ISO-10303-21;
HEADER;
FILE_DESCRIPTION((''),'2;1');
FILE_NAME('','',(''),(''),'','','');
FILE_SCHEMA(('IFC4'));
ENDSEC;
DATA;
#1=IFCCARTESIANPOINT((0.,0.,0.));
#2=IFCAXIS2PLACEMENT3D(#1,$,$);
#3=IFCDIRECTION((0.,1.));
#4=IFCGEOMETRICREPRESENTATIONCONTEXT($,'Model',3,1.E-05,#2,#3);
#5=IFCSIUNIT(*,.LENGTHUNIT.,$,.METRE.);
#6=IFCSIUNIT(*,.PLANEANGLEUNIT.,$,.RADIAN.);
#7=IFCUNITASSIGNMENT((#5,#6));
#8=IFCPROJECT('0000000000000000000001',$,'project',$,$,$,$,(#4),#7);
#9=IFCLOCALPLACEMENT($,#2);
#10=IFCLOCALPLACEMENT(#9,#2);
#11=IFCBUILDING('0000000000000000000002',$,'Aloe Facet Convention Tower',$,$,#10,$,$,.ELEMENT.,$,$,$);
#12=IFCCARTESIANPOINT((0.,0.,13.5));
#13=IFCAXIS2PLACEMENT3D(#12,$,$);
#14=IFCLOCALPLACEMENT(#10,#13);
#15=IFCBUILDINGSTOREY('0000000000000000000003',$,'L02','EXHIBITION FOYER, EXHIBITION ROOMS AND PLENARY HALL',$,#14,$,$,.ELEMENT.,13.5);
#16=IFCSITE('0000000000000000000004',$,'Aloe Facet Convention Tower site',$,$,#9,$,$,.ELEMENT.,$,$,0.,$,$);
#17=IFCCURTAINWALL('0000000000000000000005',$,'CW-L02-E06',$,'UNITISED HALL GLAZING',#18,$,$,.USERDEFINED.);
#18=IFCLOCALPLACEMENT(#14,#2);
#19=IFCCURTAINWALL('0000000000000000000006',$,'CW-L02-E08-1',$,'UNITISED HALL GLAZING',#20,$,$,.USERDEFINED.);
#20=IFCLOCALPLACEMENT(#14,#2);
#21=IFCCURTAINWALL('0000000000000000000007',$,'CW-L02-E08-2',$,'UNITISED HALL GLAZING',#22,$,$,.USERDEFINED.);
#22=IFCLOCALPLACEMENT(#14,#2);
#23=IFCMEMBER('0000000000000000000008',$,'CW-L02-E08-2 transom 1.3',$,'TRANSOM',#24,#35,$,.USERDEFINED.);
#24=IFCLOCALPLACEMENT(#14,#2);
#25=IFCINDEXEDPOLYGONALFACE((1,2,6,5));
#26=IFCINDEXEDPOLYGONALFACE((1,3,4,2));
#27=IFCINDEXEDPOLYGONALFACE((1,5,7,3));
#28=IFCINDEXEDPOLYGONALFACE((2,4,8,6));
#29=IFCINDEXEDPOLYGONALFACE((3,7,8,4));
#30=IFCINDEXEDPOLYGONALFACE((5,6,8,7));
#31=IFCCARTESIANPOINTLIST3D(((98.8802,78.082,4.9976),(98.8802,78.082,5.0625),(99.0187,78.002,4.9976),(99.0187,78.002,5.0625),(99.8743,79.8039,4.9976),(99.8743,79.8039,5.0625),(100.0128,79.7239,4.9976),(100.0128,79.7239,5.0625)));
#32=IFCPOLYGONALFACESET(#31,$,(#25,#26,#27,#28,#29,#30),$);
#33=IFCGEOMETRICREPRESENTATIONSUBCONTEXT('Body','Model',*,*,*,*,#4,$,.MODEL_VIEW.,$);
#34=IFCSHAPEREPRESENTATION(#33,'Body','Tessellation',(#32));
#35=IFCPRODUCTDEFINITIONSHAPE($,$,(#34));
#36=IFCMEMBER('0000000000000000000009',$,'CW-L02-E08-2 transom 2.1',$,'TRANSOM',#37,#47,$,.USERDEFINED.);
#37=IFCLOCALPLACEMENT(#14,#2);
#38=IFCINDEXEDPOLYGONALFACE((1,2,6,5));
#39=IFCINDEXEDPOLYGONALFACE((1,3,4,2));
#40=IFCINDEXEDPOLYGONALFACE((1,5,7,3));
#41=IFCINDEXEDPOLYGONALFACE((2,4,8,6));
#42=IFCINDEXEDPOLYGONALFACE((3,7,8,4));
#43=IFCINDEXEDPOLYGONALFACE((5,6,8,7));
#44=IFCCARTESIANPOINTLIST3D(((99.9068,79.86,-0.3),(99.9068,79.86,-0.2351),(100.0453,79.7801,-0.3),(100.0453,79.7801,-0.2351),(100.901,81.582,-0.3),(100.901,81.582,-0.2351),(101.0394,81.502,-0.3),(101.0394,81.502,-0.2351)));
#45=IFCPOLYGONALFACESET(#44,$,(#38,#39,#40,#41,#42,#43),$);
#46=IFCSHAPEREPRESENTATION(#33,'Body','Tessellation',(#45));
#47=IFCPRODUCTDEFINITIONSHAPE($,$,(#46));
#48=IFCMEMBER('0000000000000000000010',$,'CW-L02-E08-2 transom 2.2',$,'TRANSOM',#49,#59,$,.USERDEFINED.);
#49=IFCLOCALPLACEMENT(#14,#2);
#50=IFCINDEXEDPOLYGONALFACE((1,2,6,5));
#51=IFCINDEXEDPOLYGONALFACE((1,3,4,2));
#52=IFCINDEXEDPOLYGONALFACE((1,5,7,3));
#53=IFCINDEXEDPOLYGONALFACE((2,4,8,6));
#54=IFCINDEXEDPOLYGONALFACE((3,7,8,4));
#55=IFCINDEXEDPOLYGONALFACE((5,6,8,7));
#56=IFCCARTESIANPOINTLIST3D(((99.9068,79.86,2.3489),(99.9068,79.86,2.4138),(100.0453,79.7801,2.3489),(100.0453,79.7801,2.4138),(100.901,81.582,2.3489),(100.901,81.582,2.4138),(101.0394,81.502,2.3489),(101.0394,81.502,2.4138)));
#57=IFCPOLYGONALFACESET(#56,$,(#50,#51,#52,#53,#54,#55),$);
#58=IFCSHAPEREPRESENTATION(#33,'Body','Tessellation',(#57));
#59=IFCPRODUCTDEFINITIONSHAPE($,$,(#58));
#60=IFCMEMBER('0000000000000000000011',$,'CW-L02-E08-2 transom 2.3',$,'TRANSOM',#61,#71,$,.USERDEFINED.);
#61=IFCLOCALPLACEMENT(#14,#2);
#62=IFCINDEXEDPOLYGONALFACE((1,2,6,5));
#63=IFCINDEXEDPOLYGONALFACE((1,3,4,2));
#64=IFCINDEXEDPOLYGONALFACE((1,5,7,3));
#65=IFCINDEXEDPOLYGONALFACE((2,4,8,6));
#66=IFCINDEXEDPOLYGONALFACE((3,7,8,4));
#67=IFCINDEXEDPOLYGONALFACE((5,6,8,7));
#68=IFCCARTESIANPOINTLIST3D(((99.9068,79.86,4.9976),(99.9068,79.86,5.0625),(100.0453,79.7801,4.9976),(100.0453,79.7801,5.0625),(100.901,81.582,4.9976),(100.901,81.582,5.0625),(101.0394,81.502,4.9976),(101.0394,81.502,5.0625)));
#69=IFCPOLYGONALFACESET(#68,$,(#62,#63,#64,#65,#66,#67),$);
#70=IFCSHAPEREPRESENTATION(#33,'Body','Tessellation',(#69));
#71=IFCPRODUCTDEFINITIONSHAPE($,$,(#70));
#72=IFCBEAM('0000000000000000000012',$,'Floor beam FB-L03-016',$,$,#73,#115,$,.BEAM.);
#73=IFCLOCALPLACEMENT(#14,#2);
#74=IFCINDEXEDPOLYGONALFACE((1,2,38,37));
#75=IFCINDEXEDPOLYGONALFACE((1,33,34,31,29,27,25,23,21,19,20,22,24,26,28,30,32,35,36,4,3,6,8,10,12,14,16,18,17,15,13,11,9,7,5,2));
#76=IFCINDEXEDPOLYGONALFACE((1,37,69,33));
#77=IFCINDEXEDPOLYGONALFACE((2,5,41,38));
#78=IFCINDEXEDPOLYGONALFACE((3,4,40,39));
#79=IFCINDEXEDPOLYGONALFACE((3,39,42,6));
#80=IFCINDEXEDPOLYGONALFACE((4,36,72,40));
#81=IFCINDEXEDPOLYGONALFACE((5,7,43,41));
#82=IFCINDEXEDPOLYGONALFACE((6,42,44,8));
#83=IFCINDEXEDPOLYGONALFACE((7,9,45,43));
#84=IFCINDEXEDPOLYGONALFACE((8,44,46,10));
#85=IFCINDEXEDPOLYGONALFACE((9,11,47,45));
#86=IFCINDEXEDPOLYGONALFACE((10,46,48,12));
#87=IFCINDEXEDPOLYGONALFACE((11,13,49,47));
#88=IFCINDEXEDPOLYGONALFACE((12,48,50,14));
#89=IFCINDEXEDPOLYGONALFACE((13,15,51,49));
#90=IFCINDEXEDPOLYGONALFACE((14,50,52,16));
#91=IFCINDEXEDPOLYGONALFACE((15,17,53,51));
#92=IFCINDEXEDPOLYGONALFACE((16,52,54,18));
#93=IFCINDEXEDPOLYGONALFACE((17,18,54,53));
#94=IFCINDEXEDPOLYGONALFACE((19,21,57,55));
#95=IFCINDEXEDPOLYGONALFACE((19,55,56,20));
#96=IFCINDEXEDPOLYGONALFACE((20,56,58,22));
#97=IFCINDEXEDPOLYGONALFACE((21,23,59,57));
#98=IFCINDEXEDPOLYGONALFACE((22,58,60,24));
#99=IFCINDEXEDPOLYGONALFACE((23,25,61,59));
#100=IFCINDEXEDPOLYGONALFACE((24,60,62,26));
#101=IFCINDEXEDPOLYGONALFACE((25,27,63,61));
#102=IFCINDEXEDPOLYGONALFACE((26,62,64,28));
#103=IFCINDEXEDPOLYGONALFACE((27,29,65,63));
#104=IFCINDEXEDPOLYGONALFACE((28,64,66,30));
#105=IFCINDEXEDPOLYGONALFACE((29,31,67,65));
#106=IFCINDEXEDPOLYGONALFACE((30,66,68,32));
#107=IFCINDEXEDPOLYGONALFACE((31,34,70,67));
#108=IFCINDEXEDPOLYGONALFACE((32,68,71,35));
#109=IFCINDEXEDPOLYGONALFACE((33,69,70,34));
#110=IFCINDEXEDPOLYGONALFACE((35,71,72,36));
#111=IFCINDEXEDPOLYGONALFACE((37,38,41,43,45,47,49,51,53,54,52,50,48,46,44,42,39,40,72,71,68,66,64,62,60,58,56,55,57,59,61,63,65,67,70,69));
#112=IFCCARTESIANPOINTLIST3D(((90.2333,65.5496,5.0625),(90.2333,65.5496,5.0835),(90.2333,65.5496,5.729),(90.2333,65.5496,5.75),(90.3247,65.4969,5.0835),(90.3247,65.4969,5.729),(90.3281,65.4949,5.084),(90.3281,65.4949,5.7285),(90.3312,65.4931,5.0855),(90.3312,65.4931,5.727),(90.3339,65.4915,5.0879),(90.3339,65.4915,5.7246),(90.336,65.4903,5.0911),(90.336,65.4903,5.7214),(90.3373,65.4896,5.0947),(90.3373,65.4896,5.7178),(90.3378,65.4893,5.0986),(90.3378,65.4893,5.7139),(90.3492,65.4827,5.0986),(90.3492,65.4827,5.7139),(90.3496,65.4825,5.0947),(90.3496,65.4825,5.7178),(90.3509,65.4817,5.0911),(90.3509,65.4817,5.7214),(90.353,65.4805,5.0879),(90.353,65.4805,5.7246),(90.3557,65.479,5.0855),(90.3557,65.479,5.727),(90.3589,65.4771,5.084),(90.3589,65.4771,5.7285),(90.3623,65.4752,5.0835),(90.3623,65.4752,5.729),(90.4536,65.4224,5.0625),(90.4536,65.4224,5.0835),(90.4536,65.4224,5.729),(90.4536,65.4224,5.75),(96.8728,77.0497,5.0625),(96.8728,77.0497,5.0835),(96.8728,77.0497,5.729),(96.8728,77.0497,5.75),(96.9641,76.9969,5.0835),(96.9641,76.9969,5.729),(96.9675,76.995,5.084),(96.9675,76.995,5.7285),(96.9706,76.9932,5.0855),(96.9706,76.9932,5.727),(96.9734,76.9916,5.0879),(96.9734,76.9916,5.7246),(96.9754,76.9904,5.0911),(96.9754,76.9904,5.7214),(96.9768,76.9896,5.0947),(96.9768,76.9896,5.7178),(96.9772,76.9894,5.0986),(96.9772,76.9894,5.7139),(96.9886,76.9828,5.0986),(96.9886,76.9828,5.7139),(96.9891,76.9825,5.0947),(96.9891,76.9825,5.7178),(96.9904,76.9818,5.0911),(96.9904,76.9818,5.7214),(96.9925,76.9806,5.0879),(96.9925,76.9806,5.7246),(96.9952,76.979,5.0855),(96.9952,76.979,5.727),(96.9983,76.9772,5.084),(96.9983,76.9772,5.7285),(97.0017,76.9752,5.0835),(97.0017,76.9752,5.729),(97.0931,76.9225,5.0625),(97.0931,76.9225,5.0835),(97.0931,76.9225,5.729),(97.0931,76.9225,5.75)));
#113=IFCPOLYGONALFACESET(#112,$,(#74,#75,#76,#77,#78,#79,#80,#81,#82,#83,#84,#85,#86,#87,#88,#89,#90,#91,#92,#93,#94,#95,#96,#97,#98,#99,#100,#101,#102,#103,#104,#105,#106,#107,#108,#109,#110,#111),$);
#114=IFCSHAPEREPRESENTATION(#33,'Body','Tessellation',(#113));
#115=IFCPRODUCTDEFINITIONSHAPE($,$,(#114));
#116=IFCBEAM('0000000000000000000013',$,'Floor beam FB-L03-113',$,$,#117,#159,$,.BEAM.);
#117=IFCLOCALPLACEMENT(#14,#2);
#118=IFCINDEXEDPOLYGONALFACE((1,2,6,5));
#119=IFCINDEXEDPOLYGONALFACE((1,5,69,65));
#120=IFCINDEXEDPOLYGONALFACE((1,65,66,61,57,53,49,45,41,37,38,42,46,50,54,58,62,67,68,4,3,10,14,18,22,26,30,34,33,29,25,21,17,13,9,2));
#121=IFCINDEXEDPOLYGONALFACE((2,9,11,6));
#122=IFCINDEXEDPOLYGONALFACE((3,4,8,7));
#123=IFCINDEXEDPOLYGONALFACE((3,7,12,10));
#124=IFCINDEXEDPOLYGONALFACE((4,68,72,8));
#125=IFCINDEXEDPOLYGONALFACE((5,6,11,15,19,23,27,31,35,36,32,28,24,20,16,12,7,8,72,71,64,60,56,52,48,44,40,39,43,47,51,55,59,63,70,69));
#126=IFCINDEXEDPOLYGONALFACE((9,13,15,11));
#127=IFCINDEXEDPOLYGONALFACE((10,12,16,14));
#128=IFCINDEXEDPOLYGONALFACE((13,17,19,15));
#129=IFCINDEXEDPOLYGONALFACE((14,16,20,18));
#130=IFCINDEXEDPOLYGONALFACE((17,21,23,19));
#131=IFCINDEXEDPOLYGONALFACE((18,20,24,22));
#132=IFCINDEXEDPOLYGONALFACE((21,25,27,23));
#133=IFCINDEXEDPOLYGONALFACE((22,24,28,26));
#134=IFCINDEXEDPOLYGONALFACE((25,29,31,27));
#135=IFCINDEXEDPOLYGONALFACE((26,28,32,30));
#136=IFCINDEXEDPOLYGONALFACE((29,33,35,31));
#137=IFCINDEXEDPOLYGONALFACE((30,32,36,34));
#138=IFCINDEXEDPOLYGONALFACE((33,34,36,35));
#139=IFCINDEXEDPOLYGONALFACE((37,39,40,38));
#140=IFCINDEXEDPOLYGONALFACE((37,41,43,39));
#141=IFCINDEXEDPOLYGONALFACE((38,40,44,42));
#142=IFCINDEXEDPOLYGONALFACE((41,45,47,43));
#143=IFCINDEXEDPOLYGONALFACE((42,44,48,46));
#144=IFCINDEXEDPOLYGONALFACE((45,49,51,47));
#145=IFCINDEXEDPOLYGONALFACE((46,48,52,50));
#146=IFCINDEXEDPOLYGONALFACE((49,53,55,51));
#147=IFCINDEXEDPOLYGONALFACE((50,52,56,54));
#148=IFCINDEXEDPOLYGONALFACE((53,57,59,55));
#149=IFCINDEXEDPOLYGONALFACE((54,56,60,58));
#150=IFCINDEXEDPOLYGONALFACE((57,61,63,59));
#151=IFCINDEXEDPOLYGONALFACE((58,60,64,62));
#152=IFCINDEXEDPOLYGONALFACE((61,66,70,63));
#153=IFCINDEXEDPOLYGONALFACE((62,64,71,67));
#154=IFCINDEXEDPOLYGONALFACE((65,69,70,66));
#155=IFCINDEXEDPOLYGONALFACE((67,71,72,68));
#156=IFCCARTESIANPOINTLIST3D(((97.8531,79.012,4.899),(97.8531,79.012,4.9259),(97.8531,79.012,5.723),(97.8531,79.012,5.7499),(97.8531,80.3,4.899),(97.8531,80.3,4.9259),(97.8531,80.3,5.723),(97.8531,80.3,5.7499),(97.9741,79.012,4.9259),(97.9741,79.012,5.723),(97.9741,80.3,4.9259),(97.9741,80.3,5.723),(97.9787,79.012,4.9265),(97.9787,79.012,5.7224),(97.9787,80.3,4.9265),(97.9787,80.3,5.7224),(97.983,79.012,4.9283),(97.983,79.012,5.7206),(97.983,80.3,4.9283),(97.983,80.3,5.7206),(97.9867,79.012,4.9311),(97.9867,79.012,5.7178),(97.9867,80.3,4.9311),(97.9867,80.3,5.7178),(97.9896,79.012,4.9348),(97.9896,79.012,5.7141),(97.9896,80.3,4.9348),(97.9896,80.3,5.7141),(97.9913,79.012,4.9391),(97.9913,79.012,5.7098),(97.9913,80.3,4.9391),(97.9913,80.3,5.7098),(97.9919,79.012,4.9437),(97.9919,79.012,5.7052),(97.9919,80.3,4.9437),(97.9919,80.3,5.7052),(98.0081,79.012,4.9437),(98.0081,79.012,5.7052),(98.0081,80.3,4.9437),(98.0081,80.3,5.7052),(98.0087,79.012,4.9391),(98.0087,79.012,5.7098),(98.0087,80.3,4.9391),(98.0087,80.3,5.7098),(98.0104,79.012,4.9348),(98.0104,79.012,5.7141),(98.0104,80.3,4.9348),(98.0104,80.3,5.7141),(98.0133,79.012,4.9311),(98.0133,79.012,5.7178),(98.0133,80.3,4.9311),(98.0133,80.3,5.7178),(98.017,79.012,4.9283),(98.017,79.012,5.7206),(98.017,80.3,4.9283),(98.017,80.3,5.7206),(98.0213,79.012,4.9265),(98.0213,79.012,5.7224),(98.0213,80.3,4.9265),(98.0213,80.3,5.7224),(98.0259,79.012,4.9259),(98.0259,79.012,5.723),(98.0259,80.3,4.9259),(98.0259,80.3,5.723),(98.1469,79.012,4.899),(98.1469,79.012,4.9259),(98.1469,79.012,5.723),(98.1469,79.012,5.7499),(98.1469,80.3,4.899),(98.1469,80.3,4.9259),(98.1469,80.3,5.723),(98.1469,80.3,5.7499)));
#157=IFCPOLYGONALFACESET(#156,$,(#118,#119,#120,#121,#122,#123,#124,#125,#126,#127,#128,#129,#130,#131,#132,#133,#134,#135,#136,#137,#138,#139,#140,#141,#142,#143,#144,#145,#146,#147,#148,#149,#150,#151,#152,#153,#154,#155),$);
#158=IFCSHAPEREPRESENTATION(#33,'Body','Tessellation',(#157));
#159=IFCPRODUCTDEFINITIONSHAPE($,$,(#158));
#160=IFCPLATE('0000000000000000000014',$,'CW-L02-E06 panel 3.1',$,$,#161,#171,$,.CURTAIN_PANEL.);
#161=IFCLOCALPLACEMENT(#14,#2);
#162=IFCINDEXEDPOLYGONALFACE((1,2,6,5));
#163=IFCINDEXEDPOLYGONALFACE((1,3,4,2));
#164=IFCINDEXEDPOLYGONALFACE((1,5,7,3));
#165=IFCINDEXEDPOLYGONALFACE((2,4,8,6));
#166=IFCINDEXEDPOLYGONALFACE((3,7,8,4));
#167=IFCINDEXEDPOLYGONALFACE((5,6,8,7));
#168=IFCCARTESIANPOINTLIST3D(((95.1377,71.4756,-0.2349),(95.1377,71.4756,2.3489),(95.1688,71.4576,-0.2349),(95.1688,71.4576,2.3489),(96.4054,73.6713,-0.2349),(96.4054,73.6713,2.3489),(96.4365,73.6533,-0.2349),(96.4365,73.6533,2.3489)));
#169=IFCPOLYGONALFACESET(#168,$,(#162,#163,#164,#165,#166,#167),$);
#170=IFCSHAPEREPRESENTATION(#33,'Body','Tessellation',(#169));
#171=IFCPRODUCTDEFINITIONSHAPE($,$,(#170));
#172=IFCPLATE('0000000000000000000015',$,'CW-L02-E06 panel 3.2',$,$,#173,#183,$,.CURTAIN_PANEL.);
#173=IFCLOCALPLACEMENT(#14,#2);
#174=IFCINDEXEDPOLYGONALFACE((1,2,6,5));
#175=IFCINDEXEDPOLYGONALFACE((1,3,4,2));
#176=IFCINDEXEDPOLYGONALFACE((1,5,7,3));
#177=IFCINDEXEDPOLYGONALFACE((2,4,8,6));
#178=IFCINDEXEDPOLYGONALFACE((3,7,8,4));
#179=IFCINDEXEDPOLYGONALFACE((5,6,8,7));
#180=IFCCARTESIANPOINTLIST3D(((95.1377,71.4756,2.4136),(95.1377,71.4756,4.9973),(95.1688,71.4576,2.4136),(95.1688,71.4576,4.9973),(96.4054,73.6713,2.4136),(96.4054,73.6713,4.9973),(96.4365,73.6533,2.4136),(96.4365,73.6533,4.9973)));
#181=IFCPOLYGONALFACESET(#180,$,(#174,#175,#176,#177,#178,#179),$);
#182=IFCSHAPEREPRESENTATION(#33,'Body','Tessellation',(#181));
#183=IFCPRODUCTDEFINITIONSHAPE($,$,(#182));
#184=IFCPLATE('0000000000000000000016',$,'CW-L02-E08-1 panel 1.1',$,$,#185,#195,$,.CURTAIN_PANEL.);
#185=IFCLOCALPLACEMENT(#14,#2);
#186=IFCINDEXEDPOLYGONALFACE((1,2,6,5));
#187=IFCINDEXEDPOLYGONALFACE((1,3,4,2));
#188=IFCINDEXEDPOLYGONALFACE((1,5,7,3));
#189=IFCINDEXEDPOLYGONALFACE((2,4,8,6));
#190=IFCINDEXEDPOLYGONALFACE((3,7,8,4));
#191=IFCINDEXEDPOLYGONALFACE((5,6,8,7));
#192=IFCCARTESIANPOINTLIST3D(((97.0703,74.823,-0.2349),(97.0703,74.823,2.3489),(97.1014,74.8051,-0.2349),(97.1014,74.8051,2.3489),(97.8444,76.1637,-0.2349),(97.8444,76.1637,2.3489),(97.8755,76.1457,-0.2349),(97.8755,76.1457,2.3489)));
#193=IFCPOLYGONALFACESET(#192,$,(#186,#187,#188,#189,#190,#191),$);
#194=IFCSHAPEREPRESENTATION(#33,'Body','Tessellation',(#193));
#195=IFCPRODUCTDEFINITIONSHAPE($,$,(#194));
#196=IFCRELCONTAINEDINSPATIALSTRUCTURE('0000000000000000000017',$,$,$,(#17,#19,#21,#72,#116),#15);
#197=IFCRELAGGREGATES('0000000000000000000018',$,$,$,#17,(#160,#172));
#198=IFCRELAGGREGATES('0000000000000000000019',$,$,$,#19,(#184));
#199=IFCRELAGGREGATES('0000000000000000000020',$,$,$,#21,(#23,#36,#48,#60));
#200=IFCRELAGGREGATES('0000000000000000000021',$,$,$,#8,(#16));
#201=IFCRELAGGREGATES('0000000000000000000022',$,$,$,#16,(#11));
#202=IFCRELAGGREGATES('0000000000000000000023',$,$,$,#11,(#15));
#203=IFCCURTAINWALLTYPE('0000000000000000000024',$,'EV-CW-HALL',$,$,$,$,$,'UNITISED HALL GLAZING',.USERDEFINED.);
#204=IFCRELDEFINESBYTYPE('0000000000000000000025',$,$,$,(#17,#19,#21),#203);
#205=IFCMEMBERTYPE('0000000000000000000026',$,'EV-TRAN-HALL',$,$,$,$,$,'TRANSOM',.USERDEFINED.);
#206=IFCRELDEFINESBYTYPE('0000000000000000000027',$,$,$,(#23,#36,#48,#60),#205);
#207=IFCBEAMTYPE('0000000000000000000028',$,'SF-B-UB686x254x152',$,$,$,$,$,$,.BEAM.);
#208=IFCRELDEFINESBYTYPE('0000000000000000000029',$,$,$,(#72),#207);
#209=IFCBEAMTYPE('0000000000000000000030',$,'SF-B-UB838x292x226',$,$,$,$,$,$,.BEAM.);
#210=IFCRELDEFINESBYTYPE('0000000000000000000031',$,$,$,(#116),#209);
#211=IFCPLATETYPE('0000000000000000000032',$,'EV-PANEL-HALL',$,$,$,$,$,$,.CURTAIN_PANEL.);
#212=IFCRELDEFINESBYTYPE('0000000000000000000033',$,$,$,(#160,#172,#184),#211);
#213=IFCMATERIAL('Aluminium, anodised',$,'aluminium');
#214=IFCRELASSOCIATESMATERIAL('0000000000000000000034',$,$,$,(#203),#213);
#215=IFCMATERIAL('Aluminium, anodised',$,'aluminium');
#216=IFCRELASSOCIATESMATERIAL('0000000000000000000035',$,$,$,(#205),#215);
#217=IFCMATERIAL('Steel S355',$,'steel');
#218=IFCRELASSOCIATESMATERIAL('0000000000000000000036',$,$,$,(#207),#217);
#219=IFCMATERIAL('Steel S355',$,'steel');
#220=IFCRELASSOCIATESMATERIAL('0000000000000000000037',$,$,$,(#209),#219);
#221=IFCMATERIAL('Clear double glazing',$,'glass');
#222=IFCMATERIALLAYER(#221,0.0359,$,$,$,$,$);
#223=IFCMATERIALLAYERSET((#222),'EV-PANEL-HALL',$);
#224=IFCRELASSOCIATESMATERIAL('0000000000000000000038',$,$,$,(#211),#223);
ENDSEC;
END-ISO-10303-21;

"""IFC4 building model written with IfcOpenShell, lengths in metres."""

from ifc_helpers import new_model, si_unit, direction, frame, origin, origin_2d, place, context, subcontext, project, spatial, rectangle, i_section, extrude, material, layer, layer_set, material_profile, profile_set, type_object, element, aggregate, save


model = new_model("IFC4")

# Units and contexts
model_context = context("Model", 3, precision=1e-05, world=origin(), true_north=direction((0.0, 1.0)))
body_context = subcontext(model_context, "Body", "Model", "MODEL_VIEW")
ifc_project = project(units=[si_unit("LENGTHUNIT", "METRE"), si_unit("PLANEANGLEUNIT", "RADIAN")], contexts=[model_context])

# Site, building, storey
site_placement = place(None, origin())
site = spatial("IfcSite", under=ifc_project, at=site_placement, Name="Aloe Facet Convention Tower site", CompositionType="ELEMENT", RefElevation=0.0)
building_placement = place(site_placement, origin())
building = spatial("IfcBuilding", under=site, at=building_placement, Name="Aloe Facet Convention Tower", CompositionType="ELEMENT")
storey_placement = place(building_placement, frame((0.0, 0.0, 13.5)))
storey = spatial("IfcBuildingStorey", under=building, at=storey_placement, Name="L02", Description="EXHIBITION FOYER, EXHIBITION ROOMS AND PLENARY HALL", CompositionType="ELEMENT", Elevation=13.5)

# Curtain wall
ifc_material_1 = material(Name="Aluminium, anodised", Category="aluminium")
curtain_wall_type = type_object("IfcCurtainWallType", Name="EV-CW-HALL", ElementType="UNITISED HALL GLAZING", PredefinedType="USERDEFINED", material=ifc_material_1)
curtain_wall_1_placement = place(storey_placement, origin())
curtain_wall_1 = element("IfcCurtainWall", 1, at=curtain_wall_1_placement, inside=storey, type_object=curtain_wall_type, Name="CW-L02-E06", ObjectType="UNITISED HALL GLAZING", PredefinedType="USERDEFINED")

# Curtain walls
curtain_wall_2_placement = place(storey_placement, origin())
curtain_wall_2 = element("IfcCurtainWall", 2, at=curtain_wall_2_placement, inside=storey, type_object=curtain_wall_type, Name="CW-L02-E08-1", ObjectType="UNITISED HALL GLAZING", PredefinedType="USERDEFINED")
curtain_wall_3_placement = place(storey_placement, origin())
curtain_wall_3 = element("IfcCurtainWall", 3, at=curtain_wall_3_placement, inside=storey, type_object=curtain_wall_type, Name="CW-L02-E08-2", ObjectType="UNITISED HALL GLAZING", PredefinedType="USERDEFINED")

# Members
ifc_material_2 = material(Name="Aluminium, anodised", Category="aluminium")
ifc_material_profile_1 = material_profile(ifc_material_2, rectangle(XDim=0.1599, YDim=0.0649, at=origin_2d()), Name="AL 160x65")
ifc_profile_set_1 = profile_set([ifc_material_profile_1], Name="Aluminium, anodised")
member_type_1 = type_object("IfcMemberType", Name="EV-TRAN-HALL", ElementType="TRANSOM", PredefinedType="USERDEFINED", material=ifc_profile_set_1)
member_1_placement = place(storey_placement, frame((98.9495, 78.042, 5.03), z_axis=(0.499995, 0.866028, 0.0), x_axis=(-0.866028, 0.499995, 0.0)))
member_1 = element("IfcMember", 4, at=member_1_placement, type_object=member_type_1, Name="CW-L02-E08-2 transom 1.3", ObjectType="TRANSOM", PredefinedType="USERDEFINED", context=body_context, shape_type="SweptSolid", body=[
    extrude(rectangle(XDim=0.1599, YDim=0.0649, at=origin_2d()), origin(), (0.0, 0.0, 1.0), 1.9883),
])
member_2_placement = place(storey_placement, frame((99.9761, 79.8201, -0.2676), z_axis=(0.499995, 0.866028, 0.0), x_axis=(-0.866028, 0.499995, 0.0)))
member_2 = element("IfcMember", 5, at=member_2_placement, type_object=member_type_1, Name="CW-L02-E08-2 transom 2.1", ObjectType="TRANSOM", PredefinedType="USERDEFINED", context=body_context, shape_type="SweptSolid", body=[
    extrude(rectangle(XDim=0.1599, YDim=0.0649, at=origin_2d()), origin(), (0.0, 0.0, 1.0), 1.9883),
])
member_3_placement = place(storey_placement, frame((99.9761, 79.8201, 2.3813), z_axis=(0.499995, 0.866028, 0.0), x_axis=(-0.866028, 0.499995, 0.0)))
member_3 = element("IfcMember", 6, at=member_3_placement, type_object=member_type_1, Name="CW-L02-E08-2 transom 2.2", ObjectType="TRANSOM", PredefinedType="USERDEFINED", context=body_context, shape_type="SweptSolid", body=[
    extrude(rectangle(XDim=0.1599, YDim=0.0649, at=origin_2d()), origin(), (0.0, 0.0, 1.0), 1.9883),
])
member_4_placement = place(storey_placement, frame((99.9761, 79.8201, 5.03), z_axis=(0.499995, 0.866028, 0.0), x_axis=(-0.866028, 0.499995, 0.0)))
member_4 = element("IfcMember", 7, at=member_4_placement, type_object=member_type_1, Name="CW-L02-E08-2 transom 2.3", ObjectType="TRANSOM", PredefinedType="USERDEFINED", context=body_context, shape_type="SweptSolid", body=[
    extrude(rectangle(XDim=0.1599, YDim=0.0649, at=origin_2d()), origin(), (0.0, 0.0, 1.0), 1.9883),
])

# Beams
ifc_material_3 = material(Name="Steel S355", Category="steel")
ifc_material_profile_2 = material_profile(ifc_material_3, i_section(OverallWidth=0.2544, OverallDepth=0.6875, WebThickness=0.0132, FlangeThickness=0.021, FilletRadius=0.0151, at=origin_2d()), Name="UB 686x254x152")
ifc_profile_set_2 = profile_set([ifc_material_profile_2], Name="Steel S355")
beam_type_1 = type_object("IfcBeamType", Name="SF-B-UB686x254x152", PredefinedType="BEAM", material=ifc_profile_set_2)
beam_1_placement = place(storey_placement, frame((96.9829, 76.9861, 5.4062), z_axis=(-0.499993, -0.866029, 0.0), x_axis=(0.866029, -0.499993, 0.0)))
element("IfcBeam", 8, at=beam_1_placement, inside=storey, type_object=beam_type_1, Name="Floor beam FB-L03-016", PredefinedType="BEAM", context=body_context, shape_type="SweptSolid", body=[
    extrude(i_section(OverallWidth=0.2544, OverallDepth=0.6875, WebThickness=0.0132, FlangeThickness=0.021, FilletRadius=0.0151, at=origin_2d()), origin(), (0.0, 0.0, 1.0), 13.2791),
])
ifc_material_4 = material(Name="Steel S355", Category="steel")
ifc_material_profile_3 = material_profile(ifc_material_4, i_section(OverallWidth=0.2937, OverallDepth=0.8508, WebThickness=0.0161, FlangeThickness=0.0269, FilletRadius=0.0178, at=origin_2d()), Name="UB 838x292x226")
ifc_profile_set_3 = profile_set([ifc_material_profile_3], Name="Steel S355")
beam_type_2 = type_object("IfcBeamType", Name="SF-B-UB838x292x226", PredefinedType="BEAM", material=ifc_profile_set_3)
beam_2_placement = place(storey_placement, frame((98.0, 79.012, 5.3245), z_axis=(0.0, 1.0, 0.0), x_axis=(-1.0, 0.0, 0.0)))
element("IfcBeam", 9, at=beam_2_placement, inside=storey, type_object=beam_type_2, Name="Floor beam FB-L03-113", PredefinedType="BEAM", context=body_context, shape_type="SweptSolid", body=[
    extrude(i_section(OverallWidth=0.2937, OverallDepth=0.8508, WebThickness=0.0161, FlangeThickness=0.0269, FilletRadius=0.0178, at=origin_2d()), origin(), (0.0, 0.0, 1.0), 1.2881),
])

# Plates
ifc_material_5 = material(Name="Clear double glazing", Category="glass")
ifc_layer_1 = layer(ifc_material_5, 0.0359)
ifc_layer_set_1 = layer_set([ifc_layer_1], Name="EV-PANEL-HALL")
plate_type = type_object("IfcPlateType", Name="EV-PANEL-HALL", PredefinedType="CURTAIN_PANEL", material=ifc_layer_set_1)
plate_1_placement = place(storey_placement, frame((95.7871, 72.5645, -0.2349), z_axis=(0.0, 0.0, 1.0), x_axis=(0.5, 0.866025, 0.0)))
plate_1 = element("IfcPlate", 10, at=plate_1_placement, type_object=plate_type, Name="CW-L02-E06 panel 3.1", PredefinedType="CURTAIN_PANEL", context=body_context, shape_type="SweptSolid", body=[
    extrude(rectangle(XDim=2.5354, YDim=0.0359, at=origin_2d()), origin(), (0.0, 0.0, 1.0), 2.5837),
])
plate_2_placement = place(storey_placement, frame((95.7871, 72.5645, 2.4136), z_axis=(0.0, 0.0, 1.0), x_axis=(0.5, 0.866025, 0.0)))
plate_2 = element("IfcPlate", 11, at=plate_2_placement, type_object=plate_type, Name="CW-L02-E06 panel 3.2", PredefinedType="CURTAIN_PANEL", context=body_context, shape_type="SweptSolid", body=[
    extrude(rectangle(XDim=2.5354, YDim=0.0359, at=origin_2d()), origin(), (0.0, 0.0, 1.0), 2.5837),
])
aggregate(curtain_wall_1, [plate_1, plate_2])
plate_3_placement = place(storey_placement, frame((97.4729, 75.4844, -0.2349), z_axis=(0.0, 0.0, 1.0), x_axis=(0.5, 0.866025, 0.0)))
plate_3 = element("IfcPlate", 12, at=plate_3_placement, type_object=plate_type, Name="CW-L02-E08-1 panel 1.1", PredefinedType="CURTAIN_PANEL", context=body_context, shape_type="SweptSolid", body=[
    extrude(rectangle(XDim=1.5481, YDim=0.0359, at=origin_2d()), origin(), (0.0, 0.0, 1.0), 2.5837),
])
aggregate(curtain_wall_2, [plate_3])
aggregate(curtain_wall_3, [member_1, member_2, member_3, member_4])

save(model, "model.ifc")
